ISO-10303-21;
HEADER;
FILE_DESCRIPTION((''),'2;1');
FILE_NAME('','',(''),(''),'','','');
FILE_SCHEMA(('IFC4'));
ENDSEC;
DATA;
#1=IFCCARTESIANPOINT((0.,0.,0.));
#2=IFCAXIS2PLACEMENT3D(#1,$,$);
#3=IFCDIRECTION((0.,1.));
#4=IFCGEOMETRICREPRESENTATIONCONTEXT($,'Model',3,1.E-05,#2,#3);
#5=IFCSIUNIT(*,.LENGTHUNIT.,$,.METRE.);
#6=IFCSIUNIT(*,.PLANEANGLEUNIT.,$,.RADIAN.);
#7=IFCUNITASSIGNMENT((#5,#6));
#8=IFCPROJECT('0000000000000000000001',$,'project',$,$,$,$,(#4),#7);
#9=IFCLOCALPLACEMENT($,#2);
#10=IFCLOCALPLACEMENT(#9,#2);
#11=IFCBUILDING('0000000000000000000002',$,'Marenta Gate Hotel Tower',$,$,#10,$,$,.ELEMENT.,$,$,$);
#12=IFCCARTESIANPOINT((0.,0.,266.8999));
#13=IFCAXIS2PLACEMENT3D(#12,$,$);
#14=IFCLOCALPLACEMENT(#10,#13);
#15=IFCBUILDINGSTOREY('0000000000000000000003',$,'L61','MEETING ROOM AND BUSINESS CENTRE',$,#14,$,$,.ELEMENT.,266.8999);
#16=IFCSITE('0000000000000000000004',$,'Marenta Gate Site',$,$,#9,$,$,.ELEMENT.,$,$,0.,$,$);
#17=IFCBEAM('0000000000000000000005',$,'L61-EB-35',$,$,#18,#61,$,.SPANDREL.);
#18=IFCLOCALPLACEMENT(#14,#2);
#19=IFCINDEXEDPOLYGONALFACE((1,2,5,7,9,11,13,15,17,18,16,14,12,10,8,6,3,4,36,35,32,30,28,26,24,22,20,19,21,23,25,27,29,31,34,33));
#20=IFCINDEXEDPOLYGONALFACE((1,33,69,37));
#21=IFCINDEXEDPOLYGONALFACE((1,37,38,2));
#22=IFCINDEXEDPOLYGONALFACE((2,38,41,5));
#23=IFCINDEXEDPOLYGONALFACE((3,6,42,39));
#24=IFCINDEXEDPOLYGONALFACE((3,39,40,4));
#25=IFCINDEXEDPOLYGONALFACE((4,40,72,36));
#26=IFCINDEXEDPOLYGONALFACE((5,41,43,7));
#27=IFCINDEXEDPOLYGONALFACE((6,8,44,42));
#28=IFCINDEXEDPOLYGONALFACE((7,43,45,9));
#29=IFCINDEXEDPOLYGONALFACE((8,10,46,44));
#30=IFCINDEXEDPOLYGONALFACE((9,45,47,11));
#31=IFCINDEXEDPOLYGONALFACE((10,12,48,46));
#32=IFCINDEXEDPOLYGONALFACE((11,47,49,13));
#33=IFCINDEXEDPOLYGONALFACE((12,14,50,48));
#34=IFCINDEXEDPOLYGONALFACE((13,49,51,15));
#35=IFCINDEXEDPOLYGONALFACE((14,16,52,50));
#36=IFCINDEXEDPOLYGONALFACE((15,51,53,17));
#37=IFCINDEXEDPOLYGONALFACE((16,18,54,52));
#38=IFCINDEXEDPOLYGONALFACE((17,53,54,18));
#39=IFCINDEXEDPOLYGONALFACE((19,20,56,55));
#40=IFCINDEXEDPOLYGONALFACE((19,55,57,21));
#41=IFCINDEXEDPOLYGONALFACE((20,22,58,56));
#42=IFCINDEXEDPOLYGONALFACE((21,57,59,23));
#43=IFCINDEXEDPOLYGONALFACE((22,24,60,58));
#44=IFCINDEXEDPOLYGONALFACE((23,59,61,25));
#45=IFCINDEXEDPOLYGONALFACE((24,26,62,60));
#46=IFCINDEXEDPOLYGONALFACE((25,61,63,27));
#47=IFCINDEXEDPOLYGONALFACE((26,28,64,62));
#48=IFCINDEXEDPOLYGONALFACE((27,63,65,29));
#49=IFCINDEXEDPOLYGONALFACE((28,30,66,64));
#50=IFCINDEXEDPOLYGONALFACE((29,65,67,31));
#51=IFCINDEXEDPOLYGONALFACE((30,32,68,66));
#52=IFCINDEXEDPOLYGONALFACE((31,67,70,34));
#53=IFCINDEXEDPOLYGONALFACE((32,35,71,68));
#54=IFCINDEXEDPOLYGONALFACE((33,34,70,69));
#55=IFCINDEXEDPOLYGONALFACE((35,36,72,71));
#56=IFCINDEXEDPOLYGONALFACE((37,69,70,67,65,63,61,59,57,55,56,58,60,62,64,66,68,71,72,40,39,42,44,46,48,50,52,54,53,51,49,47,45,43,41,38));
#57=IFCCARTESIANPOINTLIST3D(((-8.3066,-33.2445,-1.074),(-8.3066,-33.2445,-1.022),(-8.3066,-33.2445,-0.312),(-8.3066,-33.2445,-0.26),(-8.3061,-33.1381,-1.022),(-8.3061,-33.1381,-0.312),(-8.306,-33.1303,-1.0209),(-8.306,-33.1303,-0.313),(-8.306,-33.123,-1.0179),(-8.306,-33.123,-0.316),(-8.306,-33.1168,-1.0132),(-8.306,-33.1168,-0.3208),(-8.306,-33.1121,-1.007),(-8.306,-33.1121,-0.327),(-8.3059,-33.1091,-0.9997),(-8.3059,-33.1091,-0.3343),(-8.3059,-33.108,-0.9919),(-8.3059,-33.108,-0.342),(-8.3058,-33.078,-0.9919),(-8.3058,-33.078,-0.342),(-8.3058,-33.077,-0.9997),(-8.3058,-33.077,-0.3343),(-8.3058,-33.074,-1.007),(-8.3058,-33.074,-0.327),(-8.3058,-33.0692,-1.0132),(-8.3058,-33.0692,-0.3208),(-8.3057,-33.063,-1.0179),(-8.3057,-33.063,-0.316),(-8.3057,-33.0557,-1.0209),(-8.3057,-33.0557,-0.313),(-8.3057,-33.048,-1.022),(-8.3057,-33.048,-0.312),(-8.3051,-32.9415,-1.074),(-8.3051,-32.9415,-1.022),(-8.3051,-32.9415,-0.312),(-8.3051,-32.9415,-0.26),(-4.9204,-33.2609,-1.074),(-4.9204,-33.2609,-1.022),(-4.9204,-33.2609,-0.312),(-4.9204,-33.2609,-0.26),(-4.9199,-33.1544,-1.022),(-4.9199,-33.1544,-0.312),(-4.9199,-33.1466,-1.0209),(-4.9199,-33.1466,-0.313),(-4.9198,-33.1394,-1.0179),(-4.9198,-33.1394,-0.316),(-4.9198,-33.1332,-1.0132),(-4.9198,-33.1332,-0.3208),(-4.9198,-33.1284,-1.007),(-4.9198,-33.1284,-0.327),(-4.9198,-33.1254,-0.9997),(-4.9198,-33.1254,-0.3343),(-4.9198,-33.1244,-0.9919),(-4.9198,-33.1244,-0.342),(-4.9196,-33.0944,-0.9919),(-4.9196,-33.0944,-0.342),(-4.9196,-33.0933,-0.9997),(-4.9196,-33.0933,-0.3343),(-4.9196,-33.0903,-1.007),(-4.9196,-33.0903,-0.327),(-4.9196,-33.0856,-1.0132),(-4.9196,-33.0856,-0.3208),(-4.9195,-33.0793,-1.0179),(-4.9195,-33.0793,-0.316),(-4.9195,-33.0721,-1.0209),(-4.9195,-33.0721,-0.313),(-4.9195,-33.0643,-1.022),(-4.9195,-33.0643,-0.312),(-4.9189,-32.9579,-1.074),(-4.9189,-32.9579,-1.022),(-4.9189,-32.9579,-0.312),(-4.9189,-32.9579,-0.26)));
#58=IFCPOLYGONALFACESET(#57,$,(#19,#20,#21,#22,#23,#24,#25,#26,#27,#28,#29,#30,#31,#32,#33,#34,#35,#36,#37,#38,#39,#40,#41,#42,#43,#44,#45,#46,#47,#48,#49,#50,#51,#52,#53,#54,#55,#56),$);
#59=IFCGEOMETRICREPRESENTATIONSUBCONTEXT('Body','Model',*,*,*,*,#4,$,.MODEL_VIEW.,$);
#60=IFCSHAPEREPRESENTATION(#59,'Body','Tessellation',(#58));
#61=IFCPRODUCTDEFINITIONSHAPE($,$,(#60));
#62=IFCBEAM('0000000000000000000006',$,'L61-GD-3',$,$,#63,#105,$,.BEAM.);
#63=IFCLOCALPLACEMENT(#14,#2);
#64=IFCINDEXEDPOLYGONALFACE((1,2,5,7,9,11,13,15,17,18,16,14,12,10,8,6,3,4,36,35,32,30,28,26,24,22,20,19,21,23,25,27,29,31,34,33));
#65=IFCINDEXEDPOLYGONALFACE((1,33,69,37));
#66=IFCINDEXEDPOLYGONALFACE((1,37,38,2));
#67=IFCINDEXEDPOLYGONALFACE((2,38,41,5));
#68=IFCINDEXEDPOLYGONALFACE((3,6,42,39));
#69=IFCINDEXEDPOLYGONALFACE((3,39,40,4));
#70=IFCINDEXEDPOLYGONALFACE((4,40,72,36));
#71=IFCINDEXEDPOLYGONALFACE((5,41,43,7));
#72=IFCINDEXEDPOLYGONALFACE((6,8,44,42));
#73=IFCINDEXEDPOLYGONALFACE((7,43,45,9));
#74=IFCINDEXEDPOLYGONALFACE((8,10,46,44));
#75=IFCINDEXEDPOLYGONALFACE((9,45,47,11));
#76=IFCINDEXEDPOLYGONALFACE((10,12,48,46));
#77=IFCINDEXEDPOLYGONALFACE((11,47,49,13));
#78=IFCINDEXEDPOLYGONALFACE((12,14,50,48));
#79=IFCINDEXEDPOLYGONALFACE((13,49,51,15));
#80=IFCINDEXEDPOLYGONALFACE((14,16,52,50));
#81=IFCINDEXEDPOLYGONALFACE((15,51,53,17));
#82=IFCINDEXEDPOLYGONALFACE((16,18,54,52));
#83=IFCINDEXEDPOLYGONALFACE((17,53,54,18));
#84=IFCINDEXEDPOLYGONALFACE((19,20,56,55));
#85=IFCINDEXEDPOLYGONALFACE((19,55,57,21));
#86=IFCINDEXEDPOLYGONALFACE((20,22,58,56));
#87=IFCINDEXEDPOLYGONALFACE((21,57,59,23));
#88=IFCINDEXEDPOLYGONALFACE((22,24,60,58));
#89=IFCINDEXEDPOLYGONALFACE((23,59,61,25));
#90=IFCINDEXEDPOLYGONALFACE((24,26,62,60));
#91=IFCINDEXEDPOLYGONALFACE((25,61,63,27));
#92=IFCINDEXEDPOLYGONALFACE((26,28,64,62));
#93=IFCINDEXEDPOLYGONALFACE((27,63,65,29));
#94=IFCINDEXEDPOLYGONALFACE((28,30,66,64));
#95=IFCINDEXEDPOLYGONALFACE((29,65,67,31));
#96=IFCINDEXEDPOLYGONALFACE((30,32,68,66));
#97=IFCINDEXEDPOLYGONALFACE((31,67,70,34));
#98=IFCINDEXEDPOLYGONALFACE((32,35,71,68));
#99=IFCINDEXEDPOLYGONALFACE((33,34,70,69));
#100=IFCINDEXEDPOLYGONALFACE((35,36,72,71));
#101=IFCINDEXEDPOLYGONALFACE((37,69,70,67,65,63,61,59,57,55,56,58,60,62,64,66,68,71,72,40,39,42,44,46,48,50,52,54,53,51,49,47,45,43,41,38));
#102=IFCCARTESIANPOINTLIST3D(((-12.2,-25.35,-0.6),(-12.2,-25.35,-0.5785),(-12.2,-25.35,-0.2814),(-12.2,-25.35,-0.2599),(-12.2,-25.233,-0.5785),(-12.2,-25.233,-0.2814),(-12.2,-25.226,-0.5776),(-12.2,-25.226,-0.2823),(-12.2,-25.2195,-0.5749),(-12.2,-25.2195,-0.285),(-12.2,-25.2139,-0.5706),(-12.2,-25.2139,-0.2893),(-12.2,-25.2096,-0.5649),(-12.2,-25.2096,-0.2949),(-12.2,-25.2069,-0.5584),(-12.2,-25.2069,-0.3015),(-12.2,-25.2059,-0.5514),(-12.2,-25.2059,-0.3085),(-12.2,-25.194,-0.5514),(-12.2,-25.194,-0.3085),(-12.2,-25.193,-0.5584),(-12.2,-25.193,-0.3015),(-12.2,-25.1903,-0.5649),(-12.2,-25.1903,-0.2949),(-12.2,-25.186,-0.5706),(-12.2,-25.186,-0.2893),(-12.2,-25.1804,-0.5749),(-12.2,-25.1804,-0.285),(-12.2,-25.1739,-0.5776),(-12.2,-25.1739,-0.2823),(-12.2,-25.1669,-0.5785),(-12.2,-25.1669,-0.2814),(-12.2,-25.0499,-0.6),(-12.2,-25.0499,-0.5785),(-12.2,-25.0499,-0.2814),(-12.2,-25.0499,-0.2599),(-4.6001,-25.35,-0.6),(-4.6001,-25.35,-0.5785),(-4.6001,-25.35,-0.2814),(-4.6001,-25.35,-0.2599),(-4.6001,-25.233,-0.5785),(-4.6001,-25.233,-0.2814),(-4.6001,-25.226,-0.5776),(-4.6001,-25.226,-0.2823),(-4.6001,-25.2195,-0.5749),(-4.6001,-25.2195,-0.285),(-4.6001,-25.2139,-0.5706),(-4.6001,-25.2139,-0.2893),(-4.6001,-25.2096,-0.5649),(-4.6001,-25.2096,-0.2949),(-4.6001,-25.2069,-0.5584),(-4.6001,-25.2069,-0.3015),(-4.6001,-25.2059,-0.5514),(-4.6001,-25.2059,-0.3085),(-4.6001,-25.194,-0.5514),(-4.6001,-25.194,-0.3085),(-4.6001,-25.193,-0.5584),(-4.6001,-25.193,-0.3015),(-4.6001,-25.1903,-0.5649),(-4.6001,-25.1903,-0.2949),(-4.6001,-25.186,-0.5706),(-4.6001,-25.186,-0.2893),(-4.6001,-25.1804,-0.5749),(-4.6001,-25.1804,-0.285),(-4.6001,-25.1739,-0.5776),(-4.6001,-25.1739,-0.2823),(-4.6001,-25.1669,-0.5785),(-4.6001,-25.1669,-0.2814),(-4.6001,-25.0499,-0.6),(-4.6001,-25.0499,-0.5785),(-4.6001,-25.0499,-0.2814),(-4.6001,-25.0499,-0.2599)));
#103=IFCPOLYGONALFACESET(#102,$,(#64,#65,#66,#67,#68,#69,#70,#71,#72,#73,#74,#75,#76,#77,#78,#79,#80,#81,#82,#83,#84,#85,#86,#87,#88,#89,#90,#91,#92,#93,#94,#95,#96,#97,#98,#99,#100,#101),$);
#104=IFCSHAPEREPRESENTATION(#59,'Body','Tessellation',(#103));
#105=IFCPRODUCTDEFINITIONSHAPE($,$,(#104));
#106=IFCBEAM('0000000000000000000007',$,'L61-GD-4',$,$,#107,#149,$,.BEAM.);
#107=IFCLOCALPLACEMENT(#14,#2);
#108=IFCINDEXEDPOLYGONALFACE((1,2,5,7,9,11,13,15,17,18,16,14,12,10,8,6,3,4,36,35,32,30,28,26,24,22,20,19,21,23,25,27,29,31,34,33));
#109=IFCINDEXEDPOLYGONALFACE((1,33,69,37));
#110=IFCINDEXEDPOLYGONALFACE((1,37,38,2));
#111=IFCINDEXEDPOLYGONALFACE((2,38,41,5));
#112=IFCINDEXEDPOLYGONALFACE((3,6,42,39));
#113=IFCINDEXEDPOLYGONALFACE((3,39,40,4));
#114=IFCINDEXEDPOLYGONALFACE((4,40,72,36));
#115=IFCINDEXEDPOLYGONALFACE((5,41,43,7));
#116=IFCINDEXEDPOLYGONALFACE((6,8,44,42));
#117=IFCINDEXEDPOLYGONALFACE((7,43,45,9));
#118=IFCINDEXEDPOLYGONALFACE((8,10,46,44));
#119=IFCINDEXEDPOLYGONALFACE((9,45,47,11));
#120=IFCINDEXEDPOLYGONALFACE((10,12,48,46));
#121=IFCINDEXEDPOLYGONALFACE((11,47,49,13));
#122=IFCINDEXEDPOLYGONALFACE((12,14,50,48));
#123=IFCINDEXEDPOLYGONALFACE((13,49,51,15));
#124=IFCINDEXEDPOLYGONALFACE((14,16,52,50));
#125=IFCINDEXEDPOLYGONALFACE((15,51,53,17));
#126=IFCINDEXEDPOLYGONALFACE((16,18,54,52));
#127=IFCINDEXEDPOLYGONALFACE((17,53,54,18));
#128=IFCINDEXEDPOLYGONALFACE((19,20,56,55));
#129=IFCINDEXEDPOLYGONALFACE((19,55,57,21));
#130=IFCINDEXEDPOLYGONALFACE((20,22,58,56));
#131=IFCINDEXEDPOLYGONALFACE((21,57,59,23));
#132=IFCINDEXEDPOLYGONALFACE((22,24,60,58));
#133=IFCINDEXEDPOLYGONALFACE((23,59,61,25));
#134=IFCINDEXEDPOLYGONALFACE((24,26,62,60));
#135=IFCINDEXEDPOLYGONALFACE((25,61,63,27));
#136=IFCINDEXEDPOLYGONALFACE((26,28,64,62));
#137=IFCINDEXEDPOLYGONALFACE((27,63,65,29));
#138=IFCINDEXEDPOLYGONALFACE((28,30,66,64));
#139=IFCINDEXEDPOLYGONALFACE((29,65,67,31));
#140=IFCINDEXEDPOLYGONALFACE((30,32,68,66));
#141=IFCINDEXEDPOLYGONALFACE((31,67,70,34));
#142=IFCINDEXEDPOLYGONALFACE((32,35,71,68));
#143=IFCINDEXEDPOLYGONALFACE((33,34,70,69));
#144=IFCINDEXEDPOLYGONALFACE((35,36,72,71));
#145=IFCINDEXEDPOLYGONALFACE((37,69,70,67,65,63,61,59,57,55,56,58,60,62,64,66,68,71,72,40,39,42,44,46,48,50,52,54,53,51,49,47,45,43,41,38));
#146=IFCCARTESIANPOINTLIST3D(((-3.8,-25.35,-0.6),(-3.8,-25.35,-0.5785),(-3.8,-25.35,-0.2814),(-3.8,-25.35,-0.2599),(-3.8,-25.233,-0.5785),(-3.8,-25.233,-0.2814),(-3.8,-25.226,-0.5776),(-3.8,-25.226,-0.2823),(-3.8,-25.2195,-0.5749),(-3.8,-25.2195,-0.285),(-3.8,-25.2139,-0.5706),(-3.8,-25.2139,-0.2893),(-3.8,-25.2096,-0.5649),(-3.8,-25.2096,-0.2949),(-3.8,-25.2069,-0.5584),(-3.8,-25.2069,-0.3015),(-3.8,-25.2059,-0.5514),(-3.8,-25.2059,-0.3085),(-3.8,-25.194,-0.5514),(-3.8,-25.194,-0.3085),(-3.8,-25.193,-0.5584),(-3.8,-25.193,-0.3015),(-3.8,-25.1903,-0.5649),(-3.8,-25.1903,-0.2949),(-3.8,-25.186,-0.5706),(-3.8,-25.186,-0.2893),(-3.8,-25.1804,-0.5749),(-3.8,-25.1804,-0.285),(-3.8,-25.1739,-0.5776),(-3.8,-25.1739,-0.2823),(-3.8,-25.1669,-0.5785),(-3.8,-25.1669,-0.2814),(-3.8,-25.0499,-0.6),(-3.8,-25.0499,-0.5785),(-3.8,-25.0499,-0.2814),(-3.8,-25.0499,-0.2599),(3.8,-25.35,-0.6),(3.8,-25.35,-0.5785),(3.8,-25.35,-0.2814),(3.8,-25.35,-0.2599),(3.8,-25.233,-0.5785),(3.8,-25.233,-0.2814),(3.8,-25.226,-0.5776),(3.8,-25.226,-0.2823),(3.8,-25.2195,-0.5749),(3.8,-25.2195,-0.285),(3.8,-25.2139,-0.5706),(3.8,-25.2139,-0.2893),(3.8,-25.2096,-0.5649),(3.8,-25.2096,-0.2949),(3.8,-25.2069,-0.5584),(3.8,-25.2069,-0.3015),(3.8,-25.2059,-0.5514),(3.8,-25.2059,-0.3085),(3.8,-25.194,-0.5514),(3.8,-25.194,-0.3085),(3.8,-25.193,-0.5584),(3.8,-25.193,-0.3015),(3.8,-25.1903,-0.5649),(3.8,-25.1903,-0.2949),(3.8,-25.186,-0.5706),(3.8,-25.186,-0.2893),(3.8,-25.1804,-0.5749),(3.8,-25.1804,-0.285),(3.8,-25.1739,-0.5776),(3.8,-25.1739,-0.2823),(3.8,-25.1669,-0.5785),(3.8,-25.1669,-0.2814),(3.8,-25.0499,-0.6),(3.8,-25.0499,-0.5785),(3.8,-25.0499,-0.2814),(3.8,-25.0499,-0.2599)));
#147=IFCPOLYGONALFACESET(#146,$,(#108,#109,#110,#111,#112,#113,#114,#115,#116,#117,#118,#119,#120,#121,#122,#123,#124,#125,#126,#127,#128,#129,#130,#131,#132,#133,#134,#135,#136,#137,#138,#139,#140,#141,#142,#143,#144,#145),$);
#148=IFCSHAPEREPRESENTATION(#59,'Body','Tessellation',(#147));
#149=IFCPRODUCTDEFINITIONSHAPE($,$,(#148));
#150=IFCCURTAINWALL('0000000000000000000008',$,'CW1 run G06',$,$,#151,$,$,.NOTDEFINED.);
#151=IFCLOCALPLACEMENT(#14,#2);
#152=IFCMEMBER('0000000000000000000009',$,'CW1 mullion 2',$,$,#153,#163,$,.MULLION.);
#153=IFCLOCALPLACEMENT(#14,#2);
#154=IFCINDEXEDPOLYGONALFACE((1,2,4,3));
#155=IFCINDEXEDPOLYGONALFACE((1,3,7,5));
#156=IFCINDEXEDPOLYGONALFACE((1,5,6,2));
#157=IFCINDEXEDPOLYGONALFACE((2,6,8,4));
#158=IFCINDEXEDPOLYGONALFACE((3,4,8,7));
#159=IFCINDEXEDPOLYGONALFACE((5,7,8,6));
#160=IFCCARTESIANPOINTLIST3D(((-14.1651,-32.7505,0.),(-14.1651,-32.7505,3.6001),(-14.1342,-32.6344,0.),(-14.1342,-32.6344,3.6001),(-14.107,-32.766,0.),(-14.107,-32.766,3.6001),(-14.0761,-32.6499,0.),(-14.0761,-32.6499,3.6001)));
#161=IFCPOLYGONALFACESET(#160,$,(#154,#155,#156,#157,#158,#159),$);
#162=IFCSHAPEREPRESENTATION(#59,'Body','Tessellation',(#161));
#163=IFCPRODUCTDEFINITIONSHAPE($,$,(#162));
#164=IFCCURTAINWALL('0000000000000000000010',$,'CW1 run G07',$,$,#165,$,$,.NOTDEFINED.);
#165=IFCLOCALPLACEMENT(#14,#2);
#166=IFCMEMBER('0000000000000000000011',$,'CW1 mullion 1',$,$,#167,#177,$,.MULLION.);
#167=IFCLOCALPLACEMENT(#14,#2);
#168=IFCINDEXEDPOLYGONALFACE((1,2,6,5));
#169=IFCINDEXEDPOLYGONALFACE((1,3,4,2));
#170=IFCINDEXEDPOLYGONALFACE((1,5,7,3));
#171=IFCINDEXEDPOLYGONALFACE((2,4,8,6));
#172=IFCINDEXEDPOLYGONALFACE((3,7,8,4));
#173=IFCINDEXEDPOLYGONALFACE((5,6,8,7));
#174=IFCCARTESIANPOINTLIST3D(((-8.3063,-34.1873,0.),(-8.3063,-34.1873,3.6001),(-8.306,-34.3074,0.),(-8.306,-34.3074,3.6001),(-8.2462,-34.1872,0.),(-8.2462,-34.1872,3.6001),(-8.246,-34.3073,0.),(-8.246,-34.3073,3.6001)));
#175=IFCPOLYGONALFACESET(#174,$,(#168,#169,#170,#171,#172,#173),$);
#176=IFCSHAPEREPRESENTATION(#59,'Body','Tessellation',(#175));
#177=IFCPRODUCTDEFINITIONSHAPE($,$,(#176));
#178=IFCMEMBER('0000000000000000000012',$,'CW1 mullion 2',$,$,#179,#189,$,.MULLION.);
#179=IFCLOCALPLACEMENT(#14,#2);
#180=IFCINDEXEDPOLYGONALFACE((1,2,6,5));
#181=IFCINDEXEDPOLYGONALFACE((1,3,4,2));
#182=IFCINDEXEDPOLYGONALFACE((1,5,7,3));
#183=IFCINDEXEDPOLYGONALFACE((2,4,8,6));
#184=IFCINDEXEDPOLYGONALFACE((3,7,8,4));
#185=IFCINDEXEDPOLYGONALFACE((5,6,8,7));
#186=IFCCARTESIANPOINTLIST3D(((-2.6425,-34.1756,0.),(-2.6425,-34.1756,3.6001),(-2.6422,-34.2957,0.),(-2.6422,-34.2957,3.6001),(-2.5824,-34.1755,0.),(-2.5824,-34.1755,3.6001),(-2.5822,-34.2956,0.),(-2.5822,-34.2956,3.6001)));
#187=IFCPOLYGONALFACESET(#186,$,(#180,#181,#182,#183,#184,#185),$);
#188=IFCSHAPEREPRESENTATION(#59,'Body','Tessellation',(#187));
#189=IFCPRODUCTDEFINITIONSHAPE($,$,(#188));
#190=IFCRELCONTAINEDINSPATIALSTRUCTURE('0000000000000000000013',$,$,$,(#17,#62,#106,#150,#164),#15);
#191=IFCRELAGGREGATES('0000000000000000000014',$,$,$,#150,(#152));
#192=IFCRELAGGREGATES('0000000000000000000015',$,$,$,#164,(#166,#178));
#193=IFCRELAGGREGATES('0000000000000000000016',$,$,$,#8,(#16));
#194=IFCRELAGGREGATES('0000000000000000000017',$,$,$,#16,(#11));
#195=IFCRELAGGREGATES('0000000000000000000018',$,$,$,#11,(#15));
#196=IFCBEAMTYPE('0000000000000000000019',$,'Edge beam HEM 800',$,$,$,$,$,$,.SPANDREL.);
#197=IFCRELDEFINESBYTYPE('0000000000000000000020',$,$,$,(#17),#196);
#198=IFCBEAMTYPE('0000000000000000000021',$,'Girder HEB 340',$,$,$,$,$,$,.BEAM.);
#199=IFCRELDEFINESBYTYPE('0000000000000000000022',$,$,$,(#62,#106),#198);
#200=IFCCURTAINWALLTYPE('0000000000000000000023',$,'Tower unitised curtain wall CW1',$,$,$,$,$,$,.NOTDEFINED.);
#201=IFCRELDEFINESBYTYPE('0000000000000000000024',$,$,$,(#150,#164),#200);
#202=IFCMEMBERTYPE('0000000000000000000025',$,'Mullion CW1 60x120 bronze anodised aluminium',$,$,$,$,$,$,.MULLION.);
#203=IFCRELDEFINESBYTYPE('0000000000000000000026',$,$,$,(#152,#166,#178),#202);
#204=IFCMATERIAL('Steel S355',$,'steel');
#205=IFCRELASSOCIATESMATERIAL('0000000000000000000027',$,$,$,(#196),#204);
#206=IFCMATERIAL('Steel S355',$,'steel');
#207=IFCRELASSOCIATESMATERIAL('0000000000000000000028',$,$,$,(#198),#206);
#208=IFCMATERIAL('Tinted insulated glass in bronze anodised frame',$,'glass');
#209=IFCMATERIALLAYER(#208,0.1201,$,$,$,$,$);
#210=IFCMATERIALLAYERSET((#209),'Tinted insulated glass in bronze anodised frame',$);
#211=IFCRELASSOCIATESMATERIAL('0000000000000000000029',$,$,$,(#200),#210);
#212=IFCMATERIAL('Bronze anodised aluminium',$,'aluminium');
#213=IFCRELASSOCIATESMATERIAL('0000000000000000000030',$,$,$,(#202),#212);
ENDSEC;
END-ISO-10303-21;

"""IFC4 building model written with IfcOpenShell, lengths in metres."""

from ifc_helpers import new_model, si_unit, direction, frame, origin, origin_2d, place, context, subcontext, project, spatial, rectangle, i_section, extrude, material, layer, layer_set, material_profile, profile_set, type_object, element, aggregate, save


model = new_model("IFC4")

# Units and contexts
model_context = context("Model", 3, precision=1e-05, world=origin(), true_north=direction((0.0, 1.0)))
body_context = subcontext(model_context, "Body", "Model", "MODEL_VIEW")
ifc_project = project(units=[si_unit("LENGTHUNIT", "METRE"), si_unit("PLANEANGLEUNIT", "RADIAN")], contexts=[model_context])

# Site, building, storey
site_placement = place(None, origin())
site = spatial("IfcSite", under=ifc_project, at=site_placement, Name="Marenta Gate Site", CompositionType="ELEMENT", RefElevation=0.0)
building_placement = place(site_placement, origin())
building = spatial("IfcBuilding", under=site, at=building_placement, Name="Marenta Gate Hotel Tower", CompositionType="ELEMENT")
storey_placement = place(building_placement, frame((0.0, 0.0, 266.8999)))
storey = spatial("IfcBuildingStorey", under=building, at=storey_placement, Name="L61", Description="MEETING ROOM AND BUSINESS CENTRE", CompositionType="ELEMENT", Elevation=266.8999)

# Beams
ifc_material_1 = material(Name="Steel S355", Category="steel")
ifc_material_profile_1 = material_profile(ifc_material_1, i_section(OverallWidth=0.303, OverallDepth=0.814, WebThickness=0.03, FlangeThickness=0.052, FilletRadius=0.03, at=origin_2d()), Name="HEM 800")
ifc_profile_set_1 = profile_set([ifc_material_profile_1], Name="Steel S355")
beam_type_1 = type_object("IfcBeamType", Name="Edge beam HEM 800", PredefinedType="SPANDREL", material=ifc_profile_set_1)
beam_1_placement = place(storey_placement, frame((-4.9197, -33.1094, -0.667), z_axis=(-0.999988, 0.004831, 0.0), x_axis=(-0.004831, -0.999988, 0.0)))
element("IfcBeam", 1, at=beam_1_placement, inside=storey, type_object=beam_type_1, Name="L61-EB-35", PredefinedType="SPANDREL", context=body_context, shape_type="SweptSolid", body=[
    extrude(i_section(OverallWidth=0.303, OverallDepth=0.814, WebThickness=0.03, FlangeThickness=0.052, FilletRadius=0.03, at=origin_2d()), origin(), (0.0, 0.0, 1.0), 3.3862),
])
ifc_material_2 = material(Name="Steel S355", Category="steel")
ifc_material_profile_2 = material_profile(ifc_material_2, i_section(OverallWidth=0.3, OverallDepth=0.3401, WebThickness=0.012, FlangeThickness=0.0215, FilletRadius=0.0271, at=origin_2d()), Name="HEB 340")
ifc_profile_set_2 = profile_set([ifc_material_profile_2], Name="Steel S355")
beam_type_2 = type_object("IfcBeamType", Name="Girder HEB 340", PredefinedType="BEAM", material=ifc_profile_set_2)
beam_2_placement = place(storey_placement, frame((-12.2, -25.2, -0.4299), z_axis=(1.0, 0.0, 0.0), x_axis=(0.0, 1.0, 0.0)))
element("IfcBeam", 2, at=beam_2_placement, inside=storey, type_object=beam_type_2, Name="L61-GD-3", PredefinedType="BEAM", context=body_context, shape_type="SweptSolid", body=[
    extrude(i_section(OverallWidth=0.3, OverallDepth=0.3401, WebThickness=0.012, FlangeThickness=0.0215, FilletRadius=0.0271, at=origin_2d()), origin(), (0.0, 0.0, 1.0), 7.5999),
])
beam_3_placement = place(storey_placement, frame((-3.8, -25.2, -0.4299), z_axis=(1.0, 0.0, 0.0), x_axis=(0.0, 1.0, 0.0)))
element("IfcBeam", 3, at=beam_3_placement, inside=storey, type_object=beam_type_2, Name="L61-GD-4", PredefinedType="BEAM", context=body_context, shape_type="SweptSolid", body=[
    extrude(i_section(OverallWidth=0.3, OverallDepth=0.3401, WebThickness=0.012, FlangeThickness=0.0215, FilletRadius=0.0271, at=origin_2d()), origin(), (0.0, 0.0, 1.0), 7.6001),
])

# Curtain wall, member
ifc_material_3 = material(Name="Tinted insulated glass in bronze anodised frame", Category="glass")
ifc_layer_1 = layer(ifc_material_3, 0.1201)
ifc_layer_set_1 = layer_set([ifc_layer_1], Name="Tinted insulated glass in bronze anodised frame")
curtain_wall_type = type_object("IfcCurtainWallType", Name="Tower unitised curtain wall CW1", PredefinedType="NOTDEFINED", material=ifc_layer_set_1)
curtain_wall_1_placement = place(storey_placement, origin())
curtain_wall_1 = element("IfcCurtainWall", 4, at=curtain_wall_1_placement, inside=storey, type_object=curtain_wall_type, Name="CW1 run G06", PredefinedType="NOTDEFINED")
ifc_material_4 = material(Name="Bronze anodised aluminium", Category="aluminium")
ifc_material_profile_3 = material_profile(ifc_material_4, rectangle(XDim=0.1201, YDim=0.0601, at=origin_2d()), Name="Mullion CW1 60x120 bronze anodised aluminium")
ifc_profile_set_3 = profile_set([ifc_material_profile_3], Name="Bronze anodised aluminium")
member_type_1 = type_object("IfcMemberType", Name="Mullion CW1 60x120 bronze anodised aluminium", PredefinedType="MULLION", material=ifc_profile_set_3)
member_1_placement = place(storey_placement, frame((-14.1206, -32.7002, 0.0), z_axis=(0.0, 0.0, 1.0), x_axis=(0.257134, 0.966376, 0.0)))
member_1 = element("IfcMember", 5, at=member_1_placement, type_object=member_type_1, Name="CW1 mullion 2", PredefinedType="MULLION", context=body_context, shape_type="SweptSolid", body=[
    extrude(rectangle(XDim=0.1201, YDim=0.0601, at=origin_2d()), origin(), (0.0, 0.0, 1.0), 3.6001),
])

# Curtain wall, members
curtain_wall_2_placement = place(storey_placement, origin())
curtain_wall_2 = element("IfcCurtainWall", 6, at=curtain_wall_2_placement, inside=storey, type_object=curtain_wall_type, Name="CW1 run G07", PredefinedType="NOTDEFINED")
member_2_placement = place(storey_placement, frame((-8.2761, -34.2473, 0.0), z_axis=(0.0, 0.0, 1.0), x_axis=(-0.002067, 0.999998, 0.0)))
member_2 = element("IfcMember", 7, at=member_2_placement, type_object=member_type_1, Name="CW1 mullion 1", PredefinedType="MULLION", context=body_context, shape_type="SweptSolid", body=[
    extrude(rectangle(XDim=0.1201, YDim=0.0601, at=origin_2d()), origin(), (0.0, 0.0, 1.0), 3.6001),
])
member_3_placement = place(storey_placement, frame((-2.6123, -34.2356, 0.0), z_axis=(0.0, 0.0, 1.0), x_axis=(-0.002067, 0.999998, 0.0)))
member_3 = element("IfcMember", 8, at=member_3_placement, type_object=member_type_1, Name="CW1 mullion 2", PredefinedType="MULLION", context=body_context, shape_type="SweptSolid", body=[
    extrude(rectangle(XDim=0.1201, YDim=0.0601, at=origin_2d()), origin(), (0.0, 0.0, 1.0), 3.6001),
])

aggregate(curtain_wall_1, [member_1])
aggregate(curtain_wall_2, [member_2, member_3])

save(model, "model.ifc")
